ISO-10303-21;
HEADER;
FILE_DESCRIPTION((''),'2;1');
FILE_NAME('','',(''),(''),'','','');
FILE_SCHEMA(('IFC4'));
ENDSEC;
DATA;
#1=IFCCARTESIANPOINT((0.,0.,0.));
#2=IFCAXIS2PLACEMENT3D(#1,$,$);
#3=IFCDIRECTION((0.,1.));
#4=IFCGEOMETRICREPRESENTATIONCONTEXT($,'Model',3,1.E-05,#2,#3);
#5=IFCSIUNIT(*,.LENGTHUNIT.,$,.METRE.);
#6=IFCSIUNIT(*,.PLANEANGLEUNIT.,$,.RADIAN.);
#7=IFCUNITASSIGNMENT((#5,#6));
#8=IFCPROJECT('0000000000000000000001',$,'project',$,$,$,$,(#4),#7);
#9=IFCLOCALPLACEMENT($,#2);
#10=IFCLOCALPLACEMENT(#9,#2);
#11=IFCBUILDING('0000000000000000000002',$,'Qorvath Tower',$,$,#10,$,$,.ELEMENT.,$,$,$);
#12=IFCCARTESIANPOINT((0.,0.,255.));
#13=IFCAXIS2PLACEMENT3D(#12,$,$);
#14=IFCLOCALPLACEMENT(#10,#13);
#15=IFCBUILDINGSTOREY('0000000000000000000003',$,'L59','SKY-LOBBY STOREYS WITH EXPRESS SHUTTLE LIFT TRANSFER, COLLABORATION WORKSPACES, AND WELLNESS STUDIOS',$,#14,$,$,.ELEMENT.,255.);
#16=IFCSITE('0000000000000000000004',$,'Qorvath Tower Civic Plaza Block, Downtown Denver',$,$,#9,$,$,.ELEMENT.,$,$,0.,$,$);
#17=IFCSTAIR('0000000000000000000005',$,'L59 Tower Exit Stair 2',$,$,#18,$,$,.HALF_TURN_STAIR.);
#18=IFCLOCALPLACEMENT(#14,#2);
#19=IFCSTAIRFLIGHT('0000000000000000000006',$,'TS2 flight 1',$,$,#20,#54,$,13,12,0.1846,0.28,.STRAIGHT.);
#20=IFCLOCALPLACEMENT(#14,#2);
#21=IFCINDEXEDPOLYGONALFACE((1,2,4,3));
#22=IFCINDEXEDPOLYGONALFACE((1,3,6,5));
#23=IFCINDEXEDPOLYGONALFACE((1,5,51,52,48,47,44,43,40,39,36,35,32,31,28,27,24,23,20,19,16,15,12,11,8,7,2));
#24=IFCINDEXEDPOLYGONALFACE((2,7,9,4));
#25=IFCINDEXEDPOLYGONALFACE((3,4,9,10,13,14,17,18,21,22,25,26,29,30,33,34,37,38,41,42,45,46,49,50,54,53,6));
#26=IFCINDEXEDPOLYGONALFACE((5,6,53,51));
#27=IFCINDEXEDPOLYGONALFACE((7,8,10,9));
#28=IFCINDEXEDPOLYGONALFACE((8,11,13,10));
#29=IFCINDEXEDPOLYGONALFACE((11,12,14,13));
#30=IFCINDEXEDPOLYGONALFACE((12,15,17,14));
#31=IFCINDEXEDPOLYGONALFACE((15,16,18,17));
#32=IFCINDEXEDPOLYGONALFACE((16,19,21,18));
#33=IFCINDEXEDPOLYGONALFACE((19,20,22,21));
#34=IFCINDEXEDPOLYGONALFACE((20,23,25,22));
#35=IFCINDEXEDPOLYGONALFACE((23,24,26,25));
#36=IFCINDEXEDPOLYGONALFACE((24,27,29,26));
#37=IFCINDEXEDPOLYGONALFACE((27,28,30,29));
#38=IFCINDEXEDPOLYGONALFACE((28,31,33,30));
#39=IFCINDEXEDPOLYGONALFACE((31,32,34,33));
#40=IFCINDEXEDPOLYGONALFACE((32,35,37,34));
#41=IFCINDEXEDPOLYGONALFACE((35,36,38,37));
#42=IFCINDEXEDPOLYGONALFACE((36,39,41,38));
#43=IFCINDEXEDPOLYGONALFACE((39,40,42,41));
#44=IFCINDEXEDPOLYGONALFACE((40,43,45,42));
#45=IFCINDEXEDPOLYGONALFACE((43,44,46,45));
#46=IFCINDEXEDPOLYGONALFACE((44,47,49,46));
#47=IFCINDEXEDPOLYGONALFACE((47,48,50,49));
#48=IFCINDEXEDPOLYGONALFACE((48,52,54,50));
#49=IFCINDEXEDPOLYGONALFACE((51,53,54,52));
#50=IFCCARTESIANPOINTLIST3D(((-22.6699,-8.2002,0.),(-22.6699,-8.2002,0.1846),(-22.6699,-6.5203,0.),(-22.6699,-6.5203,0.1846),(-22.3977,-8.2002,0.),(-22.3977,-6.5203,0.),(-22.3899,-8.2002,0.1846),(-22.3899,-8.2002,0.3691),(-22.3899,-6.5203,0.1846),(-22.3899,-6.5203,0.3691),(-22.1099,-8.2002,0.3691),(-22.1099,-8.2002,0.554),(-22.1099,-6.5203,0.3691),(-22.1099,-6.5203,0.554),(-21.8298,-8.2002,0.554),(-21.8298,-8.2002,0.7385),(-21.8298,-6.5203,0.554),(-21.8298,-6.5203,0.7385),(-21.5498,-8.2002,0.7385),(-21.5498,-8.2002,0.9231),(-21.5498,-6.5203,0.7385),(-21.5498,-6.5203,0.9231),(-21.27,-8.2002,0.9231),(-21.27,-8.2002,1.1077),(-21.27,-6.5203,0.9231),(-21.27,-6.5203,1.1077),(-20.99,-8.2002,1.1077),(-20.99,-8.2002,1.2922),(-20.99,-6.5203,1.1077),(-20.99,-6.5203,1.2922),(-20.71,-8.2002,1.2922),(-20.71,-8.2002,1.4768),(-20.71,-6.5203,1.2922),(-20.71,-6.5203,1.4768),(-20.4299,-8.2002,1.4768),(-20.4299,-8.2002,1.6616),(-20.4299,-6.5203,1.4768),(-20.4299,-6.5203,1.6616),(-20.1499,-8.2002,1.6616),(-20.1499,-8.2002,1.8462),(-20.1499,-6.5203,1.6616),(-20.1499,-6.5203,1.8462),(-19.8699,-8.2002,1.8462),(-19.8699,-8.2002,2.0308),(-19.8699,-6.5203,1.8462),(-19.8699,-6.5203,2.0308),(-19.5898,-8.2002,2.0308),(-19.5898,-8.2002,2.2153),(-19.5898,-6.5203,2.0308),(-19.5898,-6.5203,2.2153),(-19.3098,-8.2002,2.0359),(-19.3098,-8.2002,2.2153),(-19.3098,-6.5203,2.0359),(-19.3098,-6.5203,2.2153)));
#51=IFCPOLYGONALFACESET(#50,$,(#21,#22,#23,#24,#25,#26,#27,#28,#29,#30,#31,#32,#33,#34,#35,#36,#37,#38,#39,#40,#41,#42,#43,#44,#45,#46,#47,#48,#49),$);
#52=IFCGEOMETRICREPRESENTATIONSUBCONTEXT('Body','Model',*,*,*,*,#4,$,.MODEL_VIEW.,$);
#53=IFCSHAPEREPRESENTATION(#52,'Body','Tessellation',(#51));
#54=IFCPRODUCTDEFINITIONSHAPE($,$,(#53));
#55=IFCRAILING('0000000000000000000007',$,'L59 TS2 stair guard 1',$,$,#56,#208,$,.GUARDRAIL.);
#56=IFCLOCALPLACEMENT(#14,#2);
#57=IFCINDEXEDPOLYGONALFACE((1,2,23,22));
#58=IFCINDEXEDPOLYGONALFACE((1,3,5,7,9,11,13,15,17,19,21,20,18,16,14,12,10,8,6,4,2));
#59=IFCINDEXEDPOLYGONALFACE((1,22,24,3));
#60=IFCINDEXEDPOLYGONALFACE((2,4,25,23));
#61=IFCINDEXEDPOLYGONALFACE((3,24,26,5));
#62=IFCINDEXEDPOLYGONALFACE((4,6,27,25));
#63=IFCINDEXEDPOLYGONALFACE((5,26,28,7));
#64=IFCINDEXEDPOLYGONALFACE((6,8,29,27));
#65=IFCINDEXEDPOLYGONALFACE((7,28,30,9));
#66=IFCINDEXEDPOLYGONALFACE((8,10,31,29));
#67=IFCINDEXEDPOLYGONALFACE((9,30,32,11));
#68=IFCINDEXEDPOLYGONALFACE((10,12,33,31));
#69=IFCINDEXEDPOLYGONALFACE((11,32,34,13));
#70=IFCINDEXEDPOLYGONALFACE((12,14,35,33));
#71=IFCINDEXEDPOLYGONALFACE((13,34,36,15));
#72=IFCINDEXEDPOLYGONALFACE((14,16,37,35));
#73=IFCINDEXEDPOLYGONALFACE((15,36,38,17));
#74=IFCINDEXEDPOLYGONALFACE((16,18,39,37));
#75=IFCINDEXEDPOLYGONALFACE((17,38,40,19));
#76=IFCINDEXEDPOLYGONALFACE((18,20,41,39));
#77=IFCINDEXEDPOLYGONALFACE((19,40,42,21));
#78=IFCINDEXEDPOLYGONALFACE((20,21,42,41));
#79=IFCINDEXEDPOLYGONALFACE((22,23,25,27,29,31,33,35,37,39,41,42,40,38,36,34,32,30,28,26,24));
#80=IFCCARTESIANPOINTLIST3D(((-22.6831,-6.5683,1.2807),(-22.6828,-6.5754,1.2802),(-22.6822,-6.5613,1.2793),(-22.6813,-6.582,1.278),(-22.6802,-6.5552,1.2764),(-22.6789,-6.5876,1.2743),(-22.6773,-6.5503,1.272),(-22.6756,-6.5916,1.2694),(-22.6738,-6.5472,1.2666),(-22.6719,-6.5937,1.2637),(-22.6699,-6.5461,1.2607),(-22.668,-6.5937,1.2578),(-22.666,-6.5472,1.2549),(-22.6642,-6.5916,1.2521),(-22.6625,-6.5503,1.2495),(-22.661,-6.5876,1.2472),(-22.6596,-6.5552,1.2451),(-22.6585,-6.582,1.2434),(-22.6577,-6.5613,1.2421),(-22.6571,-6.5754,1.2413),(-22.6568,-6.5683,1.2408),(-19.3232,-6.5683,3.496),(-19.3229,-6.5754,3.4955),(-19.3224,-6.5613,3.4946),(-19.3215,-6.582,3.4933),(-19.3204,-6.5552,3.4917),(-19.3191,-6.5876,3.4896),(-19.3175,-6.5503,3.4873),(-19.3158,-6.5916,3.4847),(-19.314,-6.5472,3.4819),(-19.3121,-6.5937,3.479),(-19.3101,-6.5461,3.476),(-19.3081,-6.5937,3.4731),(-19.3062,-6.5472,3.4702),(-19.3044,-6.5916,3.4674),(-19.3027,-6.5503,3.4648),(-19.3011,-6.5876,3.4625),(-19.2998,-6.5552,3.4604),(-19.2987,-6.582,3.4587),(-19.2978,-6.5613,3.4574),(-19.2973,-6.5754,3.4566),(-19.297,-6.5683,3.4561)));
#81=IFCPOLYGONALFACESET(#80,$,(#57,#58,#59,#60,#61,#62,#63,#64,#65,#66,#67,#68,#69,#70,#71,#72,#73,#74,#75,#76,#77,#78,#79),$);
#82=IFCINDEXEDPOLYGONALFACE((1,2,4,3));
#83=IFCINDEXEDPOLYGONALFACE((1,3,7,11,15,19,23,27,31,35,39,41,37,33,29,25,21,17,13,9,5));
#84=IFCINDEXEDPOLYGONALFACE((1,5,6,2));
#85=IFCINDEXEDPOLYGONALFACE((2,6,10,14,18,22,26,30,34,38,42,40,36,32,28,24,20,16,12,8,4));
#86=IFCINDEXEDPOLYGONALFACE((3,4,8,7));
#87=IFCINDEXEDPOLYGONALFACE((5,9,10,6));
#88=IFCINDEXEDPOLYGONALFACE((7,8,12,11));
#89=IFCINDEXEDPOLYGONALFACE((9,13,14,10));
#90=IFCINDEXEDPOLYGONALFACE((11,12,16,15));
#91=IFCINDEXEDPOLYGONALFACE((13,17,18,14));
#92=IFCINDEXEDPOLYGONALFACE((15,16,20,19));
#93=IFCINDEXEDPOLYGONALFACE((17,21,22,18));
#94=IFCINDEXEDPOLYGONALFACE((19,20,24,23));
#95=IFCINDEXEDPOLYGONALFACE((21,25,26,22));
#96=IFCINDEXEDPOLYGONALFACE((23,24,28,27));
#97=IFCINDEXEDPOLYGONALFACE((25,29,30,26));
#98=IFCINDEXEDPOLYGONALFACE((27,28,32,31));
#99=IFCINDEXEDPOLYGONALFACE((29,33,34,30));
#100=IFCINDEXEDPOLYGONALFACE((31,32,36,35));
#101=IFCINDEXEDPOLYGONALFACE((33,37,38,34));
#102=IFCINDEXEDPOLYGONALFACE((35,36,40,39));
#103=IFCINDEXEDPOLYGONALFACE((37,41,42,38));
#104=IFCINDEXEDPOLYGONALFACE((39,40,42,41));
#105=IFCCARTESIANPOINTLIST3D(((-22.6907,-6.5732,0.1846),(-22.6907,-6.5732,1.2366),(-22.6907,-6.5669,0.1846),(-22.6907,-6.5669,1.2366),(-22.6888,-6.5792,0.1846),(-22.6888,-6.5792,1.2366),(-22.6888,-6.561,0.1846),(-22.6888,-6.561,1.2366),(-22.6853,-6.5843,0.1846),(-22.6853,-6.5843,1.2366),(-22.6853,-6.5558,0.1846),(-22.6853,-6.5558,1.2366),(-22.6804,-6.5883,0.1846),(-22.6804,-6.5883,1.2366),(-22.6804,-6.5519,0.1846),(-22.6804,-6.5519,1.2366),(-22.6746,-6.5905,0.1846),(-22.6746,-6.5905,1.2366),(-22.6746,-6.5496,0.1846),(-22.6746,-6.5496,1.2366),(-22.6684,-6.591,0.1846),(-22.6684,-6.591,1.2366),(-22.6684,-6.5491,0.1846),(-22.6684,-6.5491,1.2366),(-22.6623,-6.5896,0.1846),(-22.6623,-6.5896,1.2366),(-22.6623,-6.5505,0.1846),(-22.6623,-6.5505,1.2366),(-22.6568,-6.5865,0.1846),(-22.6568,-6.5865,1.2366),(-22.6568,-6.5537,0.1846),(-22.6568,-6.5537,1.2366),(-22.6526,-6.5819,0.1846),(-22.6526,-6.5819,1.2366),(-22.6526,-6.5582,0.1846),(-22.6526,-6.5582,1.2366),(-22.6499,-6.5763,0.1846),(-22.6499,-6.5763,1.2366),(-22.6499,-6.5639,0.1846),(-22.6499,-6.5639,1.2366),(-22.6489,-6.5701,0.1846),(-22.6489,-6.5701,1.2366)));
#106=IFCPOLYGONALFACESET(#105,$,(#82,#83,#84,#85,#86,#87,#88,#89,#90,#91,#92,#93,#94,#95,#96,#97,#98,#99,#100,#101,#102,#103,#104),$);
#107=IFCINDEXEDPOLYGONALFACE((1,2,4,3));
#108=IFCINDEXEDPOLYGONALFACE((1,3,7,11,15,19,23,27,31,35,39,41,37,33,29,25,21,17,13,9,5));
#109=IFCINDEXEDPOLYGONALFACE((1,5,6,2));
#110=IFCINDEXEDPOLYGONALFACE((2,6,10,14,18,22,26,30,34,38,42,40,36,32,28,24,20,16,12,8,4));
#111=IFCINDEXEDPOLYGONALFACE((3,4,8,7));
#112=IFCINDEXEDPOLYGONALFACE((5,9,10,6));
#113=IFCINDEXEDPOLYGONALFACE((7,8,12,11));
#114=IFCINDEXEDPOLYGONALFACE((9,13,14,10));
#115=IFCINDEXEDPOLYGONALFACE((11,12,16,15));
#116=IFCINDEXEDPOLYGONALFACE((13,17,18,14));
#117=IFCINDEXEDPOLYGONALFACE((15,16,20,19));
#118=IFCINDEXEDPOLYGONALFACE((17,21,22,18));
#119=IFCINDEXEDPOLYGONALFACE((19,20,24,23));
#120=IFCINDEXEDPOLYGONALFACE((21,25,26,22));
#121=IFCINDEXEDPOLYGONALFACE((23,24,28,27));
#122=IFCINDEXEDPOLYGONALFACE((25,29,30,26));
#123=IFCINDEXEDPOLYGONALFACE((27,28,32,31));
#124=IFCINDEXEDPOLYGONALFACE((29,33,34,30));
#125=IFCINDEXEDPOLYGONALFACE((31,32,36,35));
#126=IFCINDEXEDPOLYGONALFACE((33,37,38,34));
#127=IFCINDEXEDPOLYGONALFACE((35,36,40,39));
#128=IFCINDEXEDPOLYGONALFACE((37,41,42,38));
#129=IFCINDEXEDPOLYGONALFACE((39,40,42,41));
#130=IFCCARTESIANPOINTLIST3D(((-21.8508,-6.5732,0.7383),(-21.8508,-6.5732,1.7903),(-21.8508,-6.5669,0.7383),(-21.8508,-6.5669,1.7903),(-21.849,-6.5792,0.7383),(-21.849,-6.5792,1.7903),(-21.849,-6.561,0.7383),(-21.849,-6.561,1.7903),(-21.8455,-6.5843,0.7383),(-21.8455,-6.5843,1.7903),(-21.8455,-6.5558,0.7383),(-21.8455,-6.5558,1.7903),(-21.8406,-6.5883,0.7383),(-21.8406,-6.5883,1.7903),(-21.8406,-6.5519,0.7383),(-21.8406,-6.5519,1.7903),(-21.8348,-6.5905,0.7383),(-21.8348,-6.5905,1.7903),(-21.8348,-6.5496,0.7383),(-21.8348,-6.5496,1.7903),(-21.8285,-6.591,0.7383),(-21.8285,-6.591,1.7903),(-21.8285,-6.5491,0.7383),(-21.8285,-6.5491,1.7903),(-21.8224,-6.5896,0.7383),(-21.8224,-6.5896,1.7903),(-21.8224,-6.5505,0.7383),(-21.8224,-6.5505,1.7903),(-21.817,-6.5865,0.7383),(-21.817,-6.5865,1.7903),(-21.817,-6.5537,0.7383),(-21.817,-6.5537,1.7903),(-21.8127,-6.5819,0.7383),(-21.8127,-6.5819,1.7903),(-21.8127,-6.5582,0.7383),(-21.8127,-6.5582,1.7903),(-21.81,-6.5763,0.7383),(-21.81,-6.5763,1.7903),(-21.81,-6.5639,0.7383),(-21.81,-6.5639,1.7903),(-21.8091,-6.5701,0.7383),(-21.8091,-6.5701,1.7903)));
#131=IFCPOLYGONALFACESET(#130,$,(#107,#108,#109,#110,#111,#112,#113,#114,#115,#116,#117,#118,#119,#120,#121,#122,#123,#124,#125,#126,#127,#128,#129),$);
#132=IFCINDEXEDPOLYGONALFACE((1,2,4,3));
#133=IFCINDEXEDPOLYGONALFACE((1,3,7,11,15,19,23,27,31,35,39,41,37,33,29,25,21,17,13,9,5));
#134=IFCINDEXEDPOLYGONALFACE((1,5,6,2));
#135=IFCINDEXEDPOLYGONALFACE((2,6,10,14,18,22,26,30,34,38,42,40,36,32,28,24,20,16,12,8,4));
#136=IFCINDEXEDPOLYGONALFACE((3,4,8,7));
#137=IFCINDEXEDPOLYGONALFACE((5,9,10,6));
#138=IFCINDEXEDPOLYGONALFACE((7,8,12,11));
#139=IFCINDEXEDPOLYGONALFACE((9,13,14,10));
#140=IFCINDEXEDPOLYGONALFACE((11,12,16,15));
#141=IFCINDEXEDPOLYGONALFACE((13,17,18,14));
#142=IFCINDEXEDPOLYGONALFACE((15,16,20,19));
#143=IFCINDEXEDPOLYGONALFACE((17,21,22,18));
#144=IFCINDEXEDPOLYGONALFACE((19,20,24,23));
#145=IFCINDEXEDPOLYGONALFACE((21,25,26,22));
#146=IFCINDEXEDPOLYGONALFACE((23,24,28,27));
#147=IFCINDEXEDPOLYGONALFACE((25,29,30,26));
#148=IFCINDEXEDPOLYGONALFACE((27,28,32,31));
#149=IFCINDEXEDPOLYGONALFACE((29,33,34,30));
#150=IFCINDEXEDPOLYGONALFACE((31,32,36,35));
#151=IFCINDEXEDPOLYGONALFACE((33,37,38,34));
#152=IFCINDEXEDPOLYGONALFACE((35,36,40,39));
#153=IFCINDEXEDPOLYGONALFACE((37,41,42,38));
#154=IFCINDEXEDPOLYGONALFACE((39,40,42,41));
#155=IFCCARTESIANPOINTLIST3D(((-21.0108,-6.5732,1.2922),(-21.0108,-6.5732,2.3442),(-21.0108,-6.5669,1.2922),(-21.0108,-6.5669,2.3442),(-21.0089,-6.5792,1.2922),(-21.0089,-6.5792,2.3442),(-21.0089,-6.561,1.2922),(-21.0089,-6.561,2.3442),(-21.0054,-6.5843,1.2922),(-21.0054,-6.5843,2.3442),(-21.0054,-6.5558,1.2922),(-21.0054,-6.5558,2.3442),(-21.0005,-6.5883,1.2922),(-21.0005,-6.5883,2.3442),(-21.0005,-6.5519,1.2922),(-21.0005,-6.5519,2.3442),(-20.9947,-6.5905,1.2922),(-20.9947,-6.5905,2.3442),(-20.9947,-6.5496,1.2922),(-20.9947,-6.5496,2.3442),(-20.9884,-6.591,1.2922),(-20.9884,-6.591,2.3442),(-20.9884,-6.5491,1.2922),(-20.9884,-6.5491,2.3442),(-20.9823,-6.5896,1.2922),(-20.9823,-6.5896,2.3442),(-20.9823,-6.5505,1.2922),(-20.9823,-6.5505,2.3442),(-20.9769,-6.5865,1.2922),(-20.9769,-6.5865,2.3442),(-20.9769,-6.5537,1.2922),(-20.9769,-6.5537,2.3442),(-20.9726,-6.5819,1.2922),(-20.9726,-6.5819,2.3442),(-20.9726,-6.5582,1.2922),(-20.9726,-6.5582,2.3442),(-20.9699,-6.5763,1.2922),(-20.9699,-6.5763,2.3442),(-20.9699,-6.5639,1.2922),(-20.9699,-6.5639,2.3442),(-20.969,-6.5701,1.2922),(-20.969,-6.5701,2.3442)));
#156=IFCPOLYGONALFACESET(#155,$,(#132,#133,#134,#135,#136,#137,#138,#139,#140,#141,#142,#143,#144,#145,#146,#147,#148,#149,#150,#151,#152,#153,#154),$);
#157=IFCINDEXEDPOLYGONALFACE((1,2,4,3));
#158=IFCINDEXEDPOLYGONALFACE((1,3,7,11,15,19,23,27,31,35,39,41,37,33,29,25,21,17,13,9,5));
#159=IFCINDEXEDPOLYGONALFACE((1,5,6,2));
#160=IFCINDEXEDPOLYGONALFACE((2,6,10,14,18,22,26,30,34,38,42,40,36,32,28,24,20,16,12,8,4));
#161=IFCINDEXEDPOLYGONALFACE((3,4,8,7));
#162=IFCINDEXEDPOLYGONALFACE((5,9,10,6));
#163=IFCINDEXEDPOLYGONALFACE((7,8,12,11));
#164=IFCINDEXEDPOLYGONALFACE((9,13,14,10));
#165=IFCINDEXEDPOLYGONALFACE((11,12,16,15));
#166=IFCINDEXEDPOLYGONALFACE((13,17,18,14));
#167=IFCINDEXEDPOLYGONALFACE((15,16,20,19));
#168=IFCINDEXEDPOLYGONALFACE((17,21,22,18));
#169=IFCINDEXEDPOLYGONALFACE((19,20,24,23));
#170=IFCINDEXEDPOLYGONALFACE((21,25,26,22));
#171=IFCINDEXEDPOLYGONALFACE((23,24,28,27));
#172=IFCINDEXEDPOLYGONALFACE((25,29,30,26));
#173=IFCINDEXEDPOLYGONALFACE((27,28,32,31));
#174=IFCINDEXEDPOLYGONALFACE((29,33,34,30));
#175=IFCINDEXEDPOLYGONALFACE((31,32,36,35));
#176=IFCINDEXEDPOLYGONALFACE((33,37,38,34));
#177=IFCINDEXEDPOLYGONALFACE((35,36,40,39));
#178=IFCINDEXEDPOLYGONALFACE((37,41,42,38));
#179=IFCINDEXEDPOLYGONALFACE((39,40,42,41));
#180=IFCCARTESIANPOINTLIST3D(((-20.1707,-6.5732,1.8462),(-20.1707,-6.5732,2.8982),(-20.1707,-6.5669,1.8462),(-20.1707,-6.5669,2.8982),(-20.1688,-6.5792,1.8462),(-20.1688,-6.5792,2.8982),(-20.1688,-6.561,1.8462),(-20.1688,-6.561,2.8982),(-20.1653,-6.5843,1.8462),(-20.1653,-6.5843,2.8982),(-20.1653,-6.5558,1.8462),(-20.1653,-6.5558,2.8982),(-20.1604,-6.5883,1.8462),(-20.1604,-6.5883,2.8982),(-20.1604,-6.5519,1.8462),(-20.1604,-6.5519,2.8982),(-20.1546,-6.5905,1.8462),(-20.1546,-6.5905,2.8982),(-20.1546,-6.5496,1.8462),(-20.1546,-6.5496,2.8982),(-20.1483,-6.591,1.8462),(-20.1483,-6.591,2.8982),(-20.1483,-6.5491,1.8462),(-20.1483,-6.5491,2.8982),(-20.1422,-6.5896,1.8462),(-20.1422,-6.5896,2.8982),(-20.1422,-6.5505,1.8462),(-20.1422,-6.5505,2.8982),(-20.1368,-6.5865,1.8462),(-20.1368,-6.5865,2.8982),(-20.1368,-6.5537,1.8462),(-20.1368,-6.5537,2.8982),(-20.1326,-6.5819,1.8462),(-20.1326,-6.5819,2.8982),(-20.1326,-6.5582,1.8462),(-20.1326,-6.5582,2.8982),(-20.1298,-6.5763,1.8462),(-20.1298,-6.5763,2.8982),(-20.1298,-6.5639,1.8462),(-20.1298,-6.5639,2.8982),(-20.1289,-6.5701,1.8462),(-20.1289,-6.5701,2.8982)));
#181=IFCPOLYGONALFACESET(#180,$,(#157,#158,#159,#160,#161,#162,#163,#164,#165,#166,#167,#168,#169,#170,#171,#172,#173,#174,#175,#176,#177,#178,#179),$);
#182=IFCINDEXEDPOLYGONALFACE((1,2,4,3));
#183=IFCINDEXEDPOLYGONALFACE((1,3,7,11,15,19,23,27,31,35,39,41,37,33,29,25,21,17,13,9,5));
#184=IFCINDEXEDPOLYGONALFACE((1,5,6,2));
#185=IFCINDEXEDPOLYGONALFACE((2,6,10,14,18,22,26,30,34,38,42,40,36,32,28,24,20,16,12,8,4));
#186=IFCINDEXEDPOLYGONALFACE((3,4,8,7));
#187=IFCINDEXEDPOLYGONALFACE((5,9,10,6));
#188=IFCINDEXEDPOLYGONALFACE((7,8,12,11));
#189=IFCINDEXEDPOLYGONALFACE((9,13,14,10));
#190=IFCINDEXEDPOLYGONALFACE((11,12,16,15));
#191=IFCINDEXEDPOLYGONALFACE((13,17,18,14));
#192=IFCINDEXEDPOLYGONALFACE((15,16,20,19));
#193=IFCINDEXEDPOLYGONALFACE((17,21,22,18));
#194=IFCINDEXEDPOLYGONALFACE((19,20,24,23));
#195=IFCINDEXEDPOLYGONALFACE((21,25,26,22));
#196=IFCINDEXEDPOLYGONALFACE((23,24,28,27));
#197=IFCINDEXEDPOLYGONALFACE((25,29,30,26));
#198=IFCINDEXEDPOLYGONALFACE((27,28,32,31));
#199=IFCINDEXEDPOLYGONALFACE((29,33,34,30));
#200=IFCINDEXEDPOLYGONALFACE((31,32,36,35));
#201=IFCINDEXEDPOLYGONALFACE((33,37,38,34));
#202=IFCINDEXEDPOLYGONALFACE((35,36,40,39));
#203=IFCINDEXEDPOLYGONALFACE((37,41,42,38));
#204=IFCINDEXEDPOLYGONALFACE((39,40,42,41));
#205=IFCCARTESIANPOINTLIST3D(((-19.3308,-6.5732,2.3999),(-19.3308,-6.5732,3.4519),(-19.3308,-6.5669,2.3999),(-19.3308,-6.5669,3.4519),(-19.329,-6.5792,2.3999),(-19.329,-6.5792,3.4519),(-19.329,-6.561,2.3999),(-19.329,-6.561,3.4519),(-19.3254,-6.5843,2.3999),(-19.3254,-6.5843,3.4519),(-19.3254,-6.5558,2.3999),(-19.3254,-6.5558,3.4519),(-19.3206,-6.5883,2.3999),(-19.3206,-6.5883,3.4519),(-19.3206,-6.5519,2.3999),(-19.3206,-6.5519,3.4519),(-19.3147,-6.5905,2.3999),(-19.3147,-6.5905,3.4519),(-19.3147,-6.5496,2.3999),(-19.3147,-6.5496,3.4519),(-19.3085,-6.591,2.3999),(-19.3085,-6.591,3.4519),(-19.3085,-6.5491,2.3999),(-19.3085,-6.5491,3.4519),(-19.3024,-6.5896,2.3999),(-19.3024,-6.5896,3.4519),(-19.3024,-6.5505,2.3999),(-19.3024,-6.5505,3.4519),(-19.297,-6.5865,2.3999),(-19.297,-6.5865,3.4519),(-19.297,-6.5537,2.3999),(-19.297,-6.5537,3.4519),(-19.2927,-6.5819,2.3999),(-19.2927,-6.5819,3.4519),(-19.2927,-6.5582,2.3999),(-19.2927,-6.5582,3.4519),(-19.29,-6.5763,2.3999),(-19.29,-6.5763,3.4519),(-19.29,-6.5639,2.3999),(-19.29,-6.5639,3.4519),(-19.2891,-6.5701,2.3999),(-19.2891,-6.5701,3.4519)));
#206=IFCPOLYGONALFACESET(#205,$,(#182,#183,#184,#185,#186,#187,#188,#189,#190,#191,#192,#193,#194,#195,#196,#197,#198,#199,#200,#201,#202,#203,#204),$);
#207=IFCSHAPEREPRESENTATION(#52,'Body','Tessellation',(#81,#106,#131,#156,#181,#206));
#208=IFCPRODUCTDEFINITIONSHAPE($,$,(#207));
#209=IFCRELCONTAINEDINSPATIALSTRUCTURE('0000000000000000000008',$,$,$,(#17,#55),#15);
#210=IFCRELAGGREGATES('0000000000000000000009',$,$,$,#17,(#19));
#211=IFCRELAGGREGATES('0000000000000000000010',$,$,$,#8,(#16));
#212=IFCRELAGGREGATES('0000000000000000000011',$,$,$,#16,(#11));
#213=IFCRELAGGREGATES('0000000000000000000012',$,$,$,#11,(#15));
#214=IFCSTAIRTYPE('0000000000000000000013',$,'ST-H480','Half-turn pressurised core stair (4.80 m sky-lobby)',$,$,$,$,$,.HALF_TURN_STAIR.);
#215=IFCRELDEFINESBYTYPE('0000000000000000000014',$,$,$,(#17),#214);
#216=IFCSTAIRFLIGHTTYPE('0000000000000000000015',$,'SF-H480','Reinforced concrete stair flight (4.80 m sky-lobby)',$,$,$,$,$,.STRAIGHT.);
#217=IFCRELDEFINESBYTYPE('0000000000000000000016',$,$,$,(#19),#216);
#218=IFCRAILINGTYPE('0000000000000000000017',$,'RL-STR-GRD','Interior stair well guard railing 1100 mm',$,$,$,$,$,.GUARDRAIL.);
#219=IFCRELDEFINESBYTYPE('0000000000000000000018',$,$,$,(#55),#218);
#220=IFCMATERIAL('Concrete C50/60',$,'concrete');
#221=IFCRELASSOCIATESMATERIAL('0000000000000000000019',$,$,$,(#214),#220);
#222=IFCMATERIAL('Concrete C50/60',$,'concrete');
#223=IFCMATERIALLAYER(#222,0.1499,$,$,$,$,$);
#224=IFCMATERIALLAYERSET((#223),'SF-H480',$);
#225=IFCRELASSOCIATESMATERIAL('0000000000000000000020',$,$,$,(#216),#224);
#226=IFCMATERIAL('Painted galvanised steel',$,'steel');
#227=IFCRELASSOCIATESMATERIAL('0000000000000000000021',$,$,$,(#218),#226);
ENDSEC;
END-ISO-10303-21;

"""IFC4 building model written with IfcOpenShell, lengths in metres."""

from ifc_helpers import new_model, si_unit, direction, frame, origin, origin_2d, place, context, subcontext, project, spatial, polyline, circle, outline, extrude, material, layer, layer_set, type_object, element, aggregate, save


model = new_model("IFC4")

# Units and contexts
model_context = context("Model", 3, precision=1e-05, world=origin(), true_north=direction((0.0, 1.0)))
body_context = subcontext(model_context, "Body", "Model", "MODEL_VIEW")
ifc_project = project(units=[si_unit("LENGTHUNIT", "METRE"), si_unit("PLANEANGLEUNIT", "RADIAN")], contexts=[model_context])

# Site, building, storey
site_placement = place(None, origin())
site = spatial("IfcSite", under=ifc_project, at=site_placement, Name="Qorvath Tower Civic Plaza Block, Downtown Denver", CompositionType="ELEMENT", RefElevation=0.0)
building_placement = place(site_placement, origin())
building = spatial("IfcBuilding", under=site, at=building_placement, Name="Qorvath Tower", CompositionType="ELEMENT")
storey_placement = place(building_placement, frame((0.0, 0.0, 255.0)))
storey = spatial("IfcBuildingStorey", under=building, at=storey_placement, Name="L59", Description="SKY-LOBBY STOREYS WITH EXPRESS SHUTTLE LIFT TRANSFER, COLLABORATION WORKSPACES, AND WELLNESS STUDIOS", CompositionType="ELEMENT", Elevation=255.0)

# Stair, stair flight
ifc_material_1 = material(Name="Concrete C50/60", Category="concrete")
stair_type = type_object("IfcStairType", Name="ST-H480", Description="Half-turn pressurised core stair (4.80 m sky-lobby)", PredefinedType="HALF_TURN_STAIR", material=ifc_material_1)
stair_placement = place(storey_placement, origin())
stair = element("IfcStair", 1, at=stair_placement, inside=storey, type_object=stair_type, Name="L59 Tower Exit Stair 2", PredefinedType="HALF_TURN_STAIR")
ifc_material_2 = material(Name="Concrete C50/60", Category="concrete")
ifc_layer_1 = layer(ifc_material_2, 0.1499)
ifc_layer_set_1 = layer_set([ifc_layer_1], Name="SF-H480")
stair_flight_type = type_object("IfcStairFlightType", Name="SF-H480", Description="Reinforced concrete stair flight (4.80 m sky-lobby)", PredefinedType="STRAIGHT", material=ifc_layer_set_1)
stair_flight_placement = place(storey_placement, frame((-22.6699, -7.3601, 0.0), z_axis=(0.0, 0.0, 1.0), x_axis=(1.0, 0.0, 0.0)))
stair_flight = element("IfcStairFlight", 2, at=stair_flight_placement, type_object=stair_flight_type, Name="TS2 flight 1", NumberOfRisers=13, NumberOfTreads=12, PredefinedType="STRAIGHT", RiserHeight=0.1846, TreadLength=0.28, context=body_context, shape_type="SweptSolid", body=[
    extrude(outline(polyline([(0.0, 0.0), (0.0, 0.1846), (0.28, 0.1846), (0.28, 0.3691), (0.5601, 0.3691), (0.5601, 0.554), (0.8401, 0.554), (0.8401, 0.7385), (1.1201, 0.7385), (1.1201, 0.9231), (1.3999, 0.9231), (1.3999, 1.1077), (1.6799, 1.1077), (1.6799, 1.2922), (1.96, 1.2922), (1.96, 1.4768), (2.24, 1.4768), (2.24, 1.6616), (2.52, 1.6616), (2.52, 1.8462), (2.8, 1.8462), (2.8, 2.0308), (3.0801, 2.0308), (3.0801, 2.2153), (3.3601, 2.2153), (3.3601, 2.3999), (3.3601, 2.0359), (0.2722, 0.0), (0.0, 0.0)])), frame((0.0, 0.8398, 0.0), z_axis=(0.0, -1.0, 0.0), x_axis=(1.0, 0.0, 0.0)), (0.0, 0.0, 1.0), 1.6799),
])
aggregate(stair, [stair_flight])

# Railing
ifc_material_3 = material(Name="Painted galvanised steel", Category="steel")
railing_type = type_object("IfcRailingType", Name="RL-STR-GRD", Description="Interior stair well guard railing 1100 mm", PredefinedType="GUARDRAIL", material=ifc_material_3)
railing_1_placement = place(storey_placement, frame((-22.6699, -6.5701, 0.1846)))
element("IfcRailing", 3, at=railing_1_placement, inside=storey, type_object=railing_type, Name="L59 TS2 stair guard 1", PredefinedType="GUARDRAIL", context=body_context, shape_type="SweptSolid", body=[
    extrude(circle(Radius=0.0239, at=origin_2d()), frame((0.0, 0.0, 1.0762), z_axis=(0.834858, 0.0, 0.550465), x_axis=(0.0, 1.0, 0.0)), (0.0, 0.0, 1.0), 4.0244),
    extrude(circle(Radius=0.021, at=origin_2d()), origin(), (0.0, 0.0, 1.0), 1.052),
    extrude(circle(Radius=0.021, at=origin_2d()), frame((0.8398, 0.0, 0.5537)), (0.0, 0.0, 1.0), 1.052),
    extrude(circle(Radius=0.021, at=origin_2d()), frame((1.6799, 0.0, 1.1077)), (0.0, 0.0, 1.0), 1.052),
    extrude(circle(Radius=0.021, at=origin_2d()), frame((2.52, 0.0, 1.6616)), (0.0, 0.0, 1.0), 1.052),
    extrude(circle(Radius=0.021, at=origin_2d()), frame((3.3599, 0.0, 2.2153)), (0.0, 0.0, 1.0), 1.052),
])

save(model, "model.ifc")
